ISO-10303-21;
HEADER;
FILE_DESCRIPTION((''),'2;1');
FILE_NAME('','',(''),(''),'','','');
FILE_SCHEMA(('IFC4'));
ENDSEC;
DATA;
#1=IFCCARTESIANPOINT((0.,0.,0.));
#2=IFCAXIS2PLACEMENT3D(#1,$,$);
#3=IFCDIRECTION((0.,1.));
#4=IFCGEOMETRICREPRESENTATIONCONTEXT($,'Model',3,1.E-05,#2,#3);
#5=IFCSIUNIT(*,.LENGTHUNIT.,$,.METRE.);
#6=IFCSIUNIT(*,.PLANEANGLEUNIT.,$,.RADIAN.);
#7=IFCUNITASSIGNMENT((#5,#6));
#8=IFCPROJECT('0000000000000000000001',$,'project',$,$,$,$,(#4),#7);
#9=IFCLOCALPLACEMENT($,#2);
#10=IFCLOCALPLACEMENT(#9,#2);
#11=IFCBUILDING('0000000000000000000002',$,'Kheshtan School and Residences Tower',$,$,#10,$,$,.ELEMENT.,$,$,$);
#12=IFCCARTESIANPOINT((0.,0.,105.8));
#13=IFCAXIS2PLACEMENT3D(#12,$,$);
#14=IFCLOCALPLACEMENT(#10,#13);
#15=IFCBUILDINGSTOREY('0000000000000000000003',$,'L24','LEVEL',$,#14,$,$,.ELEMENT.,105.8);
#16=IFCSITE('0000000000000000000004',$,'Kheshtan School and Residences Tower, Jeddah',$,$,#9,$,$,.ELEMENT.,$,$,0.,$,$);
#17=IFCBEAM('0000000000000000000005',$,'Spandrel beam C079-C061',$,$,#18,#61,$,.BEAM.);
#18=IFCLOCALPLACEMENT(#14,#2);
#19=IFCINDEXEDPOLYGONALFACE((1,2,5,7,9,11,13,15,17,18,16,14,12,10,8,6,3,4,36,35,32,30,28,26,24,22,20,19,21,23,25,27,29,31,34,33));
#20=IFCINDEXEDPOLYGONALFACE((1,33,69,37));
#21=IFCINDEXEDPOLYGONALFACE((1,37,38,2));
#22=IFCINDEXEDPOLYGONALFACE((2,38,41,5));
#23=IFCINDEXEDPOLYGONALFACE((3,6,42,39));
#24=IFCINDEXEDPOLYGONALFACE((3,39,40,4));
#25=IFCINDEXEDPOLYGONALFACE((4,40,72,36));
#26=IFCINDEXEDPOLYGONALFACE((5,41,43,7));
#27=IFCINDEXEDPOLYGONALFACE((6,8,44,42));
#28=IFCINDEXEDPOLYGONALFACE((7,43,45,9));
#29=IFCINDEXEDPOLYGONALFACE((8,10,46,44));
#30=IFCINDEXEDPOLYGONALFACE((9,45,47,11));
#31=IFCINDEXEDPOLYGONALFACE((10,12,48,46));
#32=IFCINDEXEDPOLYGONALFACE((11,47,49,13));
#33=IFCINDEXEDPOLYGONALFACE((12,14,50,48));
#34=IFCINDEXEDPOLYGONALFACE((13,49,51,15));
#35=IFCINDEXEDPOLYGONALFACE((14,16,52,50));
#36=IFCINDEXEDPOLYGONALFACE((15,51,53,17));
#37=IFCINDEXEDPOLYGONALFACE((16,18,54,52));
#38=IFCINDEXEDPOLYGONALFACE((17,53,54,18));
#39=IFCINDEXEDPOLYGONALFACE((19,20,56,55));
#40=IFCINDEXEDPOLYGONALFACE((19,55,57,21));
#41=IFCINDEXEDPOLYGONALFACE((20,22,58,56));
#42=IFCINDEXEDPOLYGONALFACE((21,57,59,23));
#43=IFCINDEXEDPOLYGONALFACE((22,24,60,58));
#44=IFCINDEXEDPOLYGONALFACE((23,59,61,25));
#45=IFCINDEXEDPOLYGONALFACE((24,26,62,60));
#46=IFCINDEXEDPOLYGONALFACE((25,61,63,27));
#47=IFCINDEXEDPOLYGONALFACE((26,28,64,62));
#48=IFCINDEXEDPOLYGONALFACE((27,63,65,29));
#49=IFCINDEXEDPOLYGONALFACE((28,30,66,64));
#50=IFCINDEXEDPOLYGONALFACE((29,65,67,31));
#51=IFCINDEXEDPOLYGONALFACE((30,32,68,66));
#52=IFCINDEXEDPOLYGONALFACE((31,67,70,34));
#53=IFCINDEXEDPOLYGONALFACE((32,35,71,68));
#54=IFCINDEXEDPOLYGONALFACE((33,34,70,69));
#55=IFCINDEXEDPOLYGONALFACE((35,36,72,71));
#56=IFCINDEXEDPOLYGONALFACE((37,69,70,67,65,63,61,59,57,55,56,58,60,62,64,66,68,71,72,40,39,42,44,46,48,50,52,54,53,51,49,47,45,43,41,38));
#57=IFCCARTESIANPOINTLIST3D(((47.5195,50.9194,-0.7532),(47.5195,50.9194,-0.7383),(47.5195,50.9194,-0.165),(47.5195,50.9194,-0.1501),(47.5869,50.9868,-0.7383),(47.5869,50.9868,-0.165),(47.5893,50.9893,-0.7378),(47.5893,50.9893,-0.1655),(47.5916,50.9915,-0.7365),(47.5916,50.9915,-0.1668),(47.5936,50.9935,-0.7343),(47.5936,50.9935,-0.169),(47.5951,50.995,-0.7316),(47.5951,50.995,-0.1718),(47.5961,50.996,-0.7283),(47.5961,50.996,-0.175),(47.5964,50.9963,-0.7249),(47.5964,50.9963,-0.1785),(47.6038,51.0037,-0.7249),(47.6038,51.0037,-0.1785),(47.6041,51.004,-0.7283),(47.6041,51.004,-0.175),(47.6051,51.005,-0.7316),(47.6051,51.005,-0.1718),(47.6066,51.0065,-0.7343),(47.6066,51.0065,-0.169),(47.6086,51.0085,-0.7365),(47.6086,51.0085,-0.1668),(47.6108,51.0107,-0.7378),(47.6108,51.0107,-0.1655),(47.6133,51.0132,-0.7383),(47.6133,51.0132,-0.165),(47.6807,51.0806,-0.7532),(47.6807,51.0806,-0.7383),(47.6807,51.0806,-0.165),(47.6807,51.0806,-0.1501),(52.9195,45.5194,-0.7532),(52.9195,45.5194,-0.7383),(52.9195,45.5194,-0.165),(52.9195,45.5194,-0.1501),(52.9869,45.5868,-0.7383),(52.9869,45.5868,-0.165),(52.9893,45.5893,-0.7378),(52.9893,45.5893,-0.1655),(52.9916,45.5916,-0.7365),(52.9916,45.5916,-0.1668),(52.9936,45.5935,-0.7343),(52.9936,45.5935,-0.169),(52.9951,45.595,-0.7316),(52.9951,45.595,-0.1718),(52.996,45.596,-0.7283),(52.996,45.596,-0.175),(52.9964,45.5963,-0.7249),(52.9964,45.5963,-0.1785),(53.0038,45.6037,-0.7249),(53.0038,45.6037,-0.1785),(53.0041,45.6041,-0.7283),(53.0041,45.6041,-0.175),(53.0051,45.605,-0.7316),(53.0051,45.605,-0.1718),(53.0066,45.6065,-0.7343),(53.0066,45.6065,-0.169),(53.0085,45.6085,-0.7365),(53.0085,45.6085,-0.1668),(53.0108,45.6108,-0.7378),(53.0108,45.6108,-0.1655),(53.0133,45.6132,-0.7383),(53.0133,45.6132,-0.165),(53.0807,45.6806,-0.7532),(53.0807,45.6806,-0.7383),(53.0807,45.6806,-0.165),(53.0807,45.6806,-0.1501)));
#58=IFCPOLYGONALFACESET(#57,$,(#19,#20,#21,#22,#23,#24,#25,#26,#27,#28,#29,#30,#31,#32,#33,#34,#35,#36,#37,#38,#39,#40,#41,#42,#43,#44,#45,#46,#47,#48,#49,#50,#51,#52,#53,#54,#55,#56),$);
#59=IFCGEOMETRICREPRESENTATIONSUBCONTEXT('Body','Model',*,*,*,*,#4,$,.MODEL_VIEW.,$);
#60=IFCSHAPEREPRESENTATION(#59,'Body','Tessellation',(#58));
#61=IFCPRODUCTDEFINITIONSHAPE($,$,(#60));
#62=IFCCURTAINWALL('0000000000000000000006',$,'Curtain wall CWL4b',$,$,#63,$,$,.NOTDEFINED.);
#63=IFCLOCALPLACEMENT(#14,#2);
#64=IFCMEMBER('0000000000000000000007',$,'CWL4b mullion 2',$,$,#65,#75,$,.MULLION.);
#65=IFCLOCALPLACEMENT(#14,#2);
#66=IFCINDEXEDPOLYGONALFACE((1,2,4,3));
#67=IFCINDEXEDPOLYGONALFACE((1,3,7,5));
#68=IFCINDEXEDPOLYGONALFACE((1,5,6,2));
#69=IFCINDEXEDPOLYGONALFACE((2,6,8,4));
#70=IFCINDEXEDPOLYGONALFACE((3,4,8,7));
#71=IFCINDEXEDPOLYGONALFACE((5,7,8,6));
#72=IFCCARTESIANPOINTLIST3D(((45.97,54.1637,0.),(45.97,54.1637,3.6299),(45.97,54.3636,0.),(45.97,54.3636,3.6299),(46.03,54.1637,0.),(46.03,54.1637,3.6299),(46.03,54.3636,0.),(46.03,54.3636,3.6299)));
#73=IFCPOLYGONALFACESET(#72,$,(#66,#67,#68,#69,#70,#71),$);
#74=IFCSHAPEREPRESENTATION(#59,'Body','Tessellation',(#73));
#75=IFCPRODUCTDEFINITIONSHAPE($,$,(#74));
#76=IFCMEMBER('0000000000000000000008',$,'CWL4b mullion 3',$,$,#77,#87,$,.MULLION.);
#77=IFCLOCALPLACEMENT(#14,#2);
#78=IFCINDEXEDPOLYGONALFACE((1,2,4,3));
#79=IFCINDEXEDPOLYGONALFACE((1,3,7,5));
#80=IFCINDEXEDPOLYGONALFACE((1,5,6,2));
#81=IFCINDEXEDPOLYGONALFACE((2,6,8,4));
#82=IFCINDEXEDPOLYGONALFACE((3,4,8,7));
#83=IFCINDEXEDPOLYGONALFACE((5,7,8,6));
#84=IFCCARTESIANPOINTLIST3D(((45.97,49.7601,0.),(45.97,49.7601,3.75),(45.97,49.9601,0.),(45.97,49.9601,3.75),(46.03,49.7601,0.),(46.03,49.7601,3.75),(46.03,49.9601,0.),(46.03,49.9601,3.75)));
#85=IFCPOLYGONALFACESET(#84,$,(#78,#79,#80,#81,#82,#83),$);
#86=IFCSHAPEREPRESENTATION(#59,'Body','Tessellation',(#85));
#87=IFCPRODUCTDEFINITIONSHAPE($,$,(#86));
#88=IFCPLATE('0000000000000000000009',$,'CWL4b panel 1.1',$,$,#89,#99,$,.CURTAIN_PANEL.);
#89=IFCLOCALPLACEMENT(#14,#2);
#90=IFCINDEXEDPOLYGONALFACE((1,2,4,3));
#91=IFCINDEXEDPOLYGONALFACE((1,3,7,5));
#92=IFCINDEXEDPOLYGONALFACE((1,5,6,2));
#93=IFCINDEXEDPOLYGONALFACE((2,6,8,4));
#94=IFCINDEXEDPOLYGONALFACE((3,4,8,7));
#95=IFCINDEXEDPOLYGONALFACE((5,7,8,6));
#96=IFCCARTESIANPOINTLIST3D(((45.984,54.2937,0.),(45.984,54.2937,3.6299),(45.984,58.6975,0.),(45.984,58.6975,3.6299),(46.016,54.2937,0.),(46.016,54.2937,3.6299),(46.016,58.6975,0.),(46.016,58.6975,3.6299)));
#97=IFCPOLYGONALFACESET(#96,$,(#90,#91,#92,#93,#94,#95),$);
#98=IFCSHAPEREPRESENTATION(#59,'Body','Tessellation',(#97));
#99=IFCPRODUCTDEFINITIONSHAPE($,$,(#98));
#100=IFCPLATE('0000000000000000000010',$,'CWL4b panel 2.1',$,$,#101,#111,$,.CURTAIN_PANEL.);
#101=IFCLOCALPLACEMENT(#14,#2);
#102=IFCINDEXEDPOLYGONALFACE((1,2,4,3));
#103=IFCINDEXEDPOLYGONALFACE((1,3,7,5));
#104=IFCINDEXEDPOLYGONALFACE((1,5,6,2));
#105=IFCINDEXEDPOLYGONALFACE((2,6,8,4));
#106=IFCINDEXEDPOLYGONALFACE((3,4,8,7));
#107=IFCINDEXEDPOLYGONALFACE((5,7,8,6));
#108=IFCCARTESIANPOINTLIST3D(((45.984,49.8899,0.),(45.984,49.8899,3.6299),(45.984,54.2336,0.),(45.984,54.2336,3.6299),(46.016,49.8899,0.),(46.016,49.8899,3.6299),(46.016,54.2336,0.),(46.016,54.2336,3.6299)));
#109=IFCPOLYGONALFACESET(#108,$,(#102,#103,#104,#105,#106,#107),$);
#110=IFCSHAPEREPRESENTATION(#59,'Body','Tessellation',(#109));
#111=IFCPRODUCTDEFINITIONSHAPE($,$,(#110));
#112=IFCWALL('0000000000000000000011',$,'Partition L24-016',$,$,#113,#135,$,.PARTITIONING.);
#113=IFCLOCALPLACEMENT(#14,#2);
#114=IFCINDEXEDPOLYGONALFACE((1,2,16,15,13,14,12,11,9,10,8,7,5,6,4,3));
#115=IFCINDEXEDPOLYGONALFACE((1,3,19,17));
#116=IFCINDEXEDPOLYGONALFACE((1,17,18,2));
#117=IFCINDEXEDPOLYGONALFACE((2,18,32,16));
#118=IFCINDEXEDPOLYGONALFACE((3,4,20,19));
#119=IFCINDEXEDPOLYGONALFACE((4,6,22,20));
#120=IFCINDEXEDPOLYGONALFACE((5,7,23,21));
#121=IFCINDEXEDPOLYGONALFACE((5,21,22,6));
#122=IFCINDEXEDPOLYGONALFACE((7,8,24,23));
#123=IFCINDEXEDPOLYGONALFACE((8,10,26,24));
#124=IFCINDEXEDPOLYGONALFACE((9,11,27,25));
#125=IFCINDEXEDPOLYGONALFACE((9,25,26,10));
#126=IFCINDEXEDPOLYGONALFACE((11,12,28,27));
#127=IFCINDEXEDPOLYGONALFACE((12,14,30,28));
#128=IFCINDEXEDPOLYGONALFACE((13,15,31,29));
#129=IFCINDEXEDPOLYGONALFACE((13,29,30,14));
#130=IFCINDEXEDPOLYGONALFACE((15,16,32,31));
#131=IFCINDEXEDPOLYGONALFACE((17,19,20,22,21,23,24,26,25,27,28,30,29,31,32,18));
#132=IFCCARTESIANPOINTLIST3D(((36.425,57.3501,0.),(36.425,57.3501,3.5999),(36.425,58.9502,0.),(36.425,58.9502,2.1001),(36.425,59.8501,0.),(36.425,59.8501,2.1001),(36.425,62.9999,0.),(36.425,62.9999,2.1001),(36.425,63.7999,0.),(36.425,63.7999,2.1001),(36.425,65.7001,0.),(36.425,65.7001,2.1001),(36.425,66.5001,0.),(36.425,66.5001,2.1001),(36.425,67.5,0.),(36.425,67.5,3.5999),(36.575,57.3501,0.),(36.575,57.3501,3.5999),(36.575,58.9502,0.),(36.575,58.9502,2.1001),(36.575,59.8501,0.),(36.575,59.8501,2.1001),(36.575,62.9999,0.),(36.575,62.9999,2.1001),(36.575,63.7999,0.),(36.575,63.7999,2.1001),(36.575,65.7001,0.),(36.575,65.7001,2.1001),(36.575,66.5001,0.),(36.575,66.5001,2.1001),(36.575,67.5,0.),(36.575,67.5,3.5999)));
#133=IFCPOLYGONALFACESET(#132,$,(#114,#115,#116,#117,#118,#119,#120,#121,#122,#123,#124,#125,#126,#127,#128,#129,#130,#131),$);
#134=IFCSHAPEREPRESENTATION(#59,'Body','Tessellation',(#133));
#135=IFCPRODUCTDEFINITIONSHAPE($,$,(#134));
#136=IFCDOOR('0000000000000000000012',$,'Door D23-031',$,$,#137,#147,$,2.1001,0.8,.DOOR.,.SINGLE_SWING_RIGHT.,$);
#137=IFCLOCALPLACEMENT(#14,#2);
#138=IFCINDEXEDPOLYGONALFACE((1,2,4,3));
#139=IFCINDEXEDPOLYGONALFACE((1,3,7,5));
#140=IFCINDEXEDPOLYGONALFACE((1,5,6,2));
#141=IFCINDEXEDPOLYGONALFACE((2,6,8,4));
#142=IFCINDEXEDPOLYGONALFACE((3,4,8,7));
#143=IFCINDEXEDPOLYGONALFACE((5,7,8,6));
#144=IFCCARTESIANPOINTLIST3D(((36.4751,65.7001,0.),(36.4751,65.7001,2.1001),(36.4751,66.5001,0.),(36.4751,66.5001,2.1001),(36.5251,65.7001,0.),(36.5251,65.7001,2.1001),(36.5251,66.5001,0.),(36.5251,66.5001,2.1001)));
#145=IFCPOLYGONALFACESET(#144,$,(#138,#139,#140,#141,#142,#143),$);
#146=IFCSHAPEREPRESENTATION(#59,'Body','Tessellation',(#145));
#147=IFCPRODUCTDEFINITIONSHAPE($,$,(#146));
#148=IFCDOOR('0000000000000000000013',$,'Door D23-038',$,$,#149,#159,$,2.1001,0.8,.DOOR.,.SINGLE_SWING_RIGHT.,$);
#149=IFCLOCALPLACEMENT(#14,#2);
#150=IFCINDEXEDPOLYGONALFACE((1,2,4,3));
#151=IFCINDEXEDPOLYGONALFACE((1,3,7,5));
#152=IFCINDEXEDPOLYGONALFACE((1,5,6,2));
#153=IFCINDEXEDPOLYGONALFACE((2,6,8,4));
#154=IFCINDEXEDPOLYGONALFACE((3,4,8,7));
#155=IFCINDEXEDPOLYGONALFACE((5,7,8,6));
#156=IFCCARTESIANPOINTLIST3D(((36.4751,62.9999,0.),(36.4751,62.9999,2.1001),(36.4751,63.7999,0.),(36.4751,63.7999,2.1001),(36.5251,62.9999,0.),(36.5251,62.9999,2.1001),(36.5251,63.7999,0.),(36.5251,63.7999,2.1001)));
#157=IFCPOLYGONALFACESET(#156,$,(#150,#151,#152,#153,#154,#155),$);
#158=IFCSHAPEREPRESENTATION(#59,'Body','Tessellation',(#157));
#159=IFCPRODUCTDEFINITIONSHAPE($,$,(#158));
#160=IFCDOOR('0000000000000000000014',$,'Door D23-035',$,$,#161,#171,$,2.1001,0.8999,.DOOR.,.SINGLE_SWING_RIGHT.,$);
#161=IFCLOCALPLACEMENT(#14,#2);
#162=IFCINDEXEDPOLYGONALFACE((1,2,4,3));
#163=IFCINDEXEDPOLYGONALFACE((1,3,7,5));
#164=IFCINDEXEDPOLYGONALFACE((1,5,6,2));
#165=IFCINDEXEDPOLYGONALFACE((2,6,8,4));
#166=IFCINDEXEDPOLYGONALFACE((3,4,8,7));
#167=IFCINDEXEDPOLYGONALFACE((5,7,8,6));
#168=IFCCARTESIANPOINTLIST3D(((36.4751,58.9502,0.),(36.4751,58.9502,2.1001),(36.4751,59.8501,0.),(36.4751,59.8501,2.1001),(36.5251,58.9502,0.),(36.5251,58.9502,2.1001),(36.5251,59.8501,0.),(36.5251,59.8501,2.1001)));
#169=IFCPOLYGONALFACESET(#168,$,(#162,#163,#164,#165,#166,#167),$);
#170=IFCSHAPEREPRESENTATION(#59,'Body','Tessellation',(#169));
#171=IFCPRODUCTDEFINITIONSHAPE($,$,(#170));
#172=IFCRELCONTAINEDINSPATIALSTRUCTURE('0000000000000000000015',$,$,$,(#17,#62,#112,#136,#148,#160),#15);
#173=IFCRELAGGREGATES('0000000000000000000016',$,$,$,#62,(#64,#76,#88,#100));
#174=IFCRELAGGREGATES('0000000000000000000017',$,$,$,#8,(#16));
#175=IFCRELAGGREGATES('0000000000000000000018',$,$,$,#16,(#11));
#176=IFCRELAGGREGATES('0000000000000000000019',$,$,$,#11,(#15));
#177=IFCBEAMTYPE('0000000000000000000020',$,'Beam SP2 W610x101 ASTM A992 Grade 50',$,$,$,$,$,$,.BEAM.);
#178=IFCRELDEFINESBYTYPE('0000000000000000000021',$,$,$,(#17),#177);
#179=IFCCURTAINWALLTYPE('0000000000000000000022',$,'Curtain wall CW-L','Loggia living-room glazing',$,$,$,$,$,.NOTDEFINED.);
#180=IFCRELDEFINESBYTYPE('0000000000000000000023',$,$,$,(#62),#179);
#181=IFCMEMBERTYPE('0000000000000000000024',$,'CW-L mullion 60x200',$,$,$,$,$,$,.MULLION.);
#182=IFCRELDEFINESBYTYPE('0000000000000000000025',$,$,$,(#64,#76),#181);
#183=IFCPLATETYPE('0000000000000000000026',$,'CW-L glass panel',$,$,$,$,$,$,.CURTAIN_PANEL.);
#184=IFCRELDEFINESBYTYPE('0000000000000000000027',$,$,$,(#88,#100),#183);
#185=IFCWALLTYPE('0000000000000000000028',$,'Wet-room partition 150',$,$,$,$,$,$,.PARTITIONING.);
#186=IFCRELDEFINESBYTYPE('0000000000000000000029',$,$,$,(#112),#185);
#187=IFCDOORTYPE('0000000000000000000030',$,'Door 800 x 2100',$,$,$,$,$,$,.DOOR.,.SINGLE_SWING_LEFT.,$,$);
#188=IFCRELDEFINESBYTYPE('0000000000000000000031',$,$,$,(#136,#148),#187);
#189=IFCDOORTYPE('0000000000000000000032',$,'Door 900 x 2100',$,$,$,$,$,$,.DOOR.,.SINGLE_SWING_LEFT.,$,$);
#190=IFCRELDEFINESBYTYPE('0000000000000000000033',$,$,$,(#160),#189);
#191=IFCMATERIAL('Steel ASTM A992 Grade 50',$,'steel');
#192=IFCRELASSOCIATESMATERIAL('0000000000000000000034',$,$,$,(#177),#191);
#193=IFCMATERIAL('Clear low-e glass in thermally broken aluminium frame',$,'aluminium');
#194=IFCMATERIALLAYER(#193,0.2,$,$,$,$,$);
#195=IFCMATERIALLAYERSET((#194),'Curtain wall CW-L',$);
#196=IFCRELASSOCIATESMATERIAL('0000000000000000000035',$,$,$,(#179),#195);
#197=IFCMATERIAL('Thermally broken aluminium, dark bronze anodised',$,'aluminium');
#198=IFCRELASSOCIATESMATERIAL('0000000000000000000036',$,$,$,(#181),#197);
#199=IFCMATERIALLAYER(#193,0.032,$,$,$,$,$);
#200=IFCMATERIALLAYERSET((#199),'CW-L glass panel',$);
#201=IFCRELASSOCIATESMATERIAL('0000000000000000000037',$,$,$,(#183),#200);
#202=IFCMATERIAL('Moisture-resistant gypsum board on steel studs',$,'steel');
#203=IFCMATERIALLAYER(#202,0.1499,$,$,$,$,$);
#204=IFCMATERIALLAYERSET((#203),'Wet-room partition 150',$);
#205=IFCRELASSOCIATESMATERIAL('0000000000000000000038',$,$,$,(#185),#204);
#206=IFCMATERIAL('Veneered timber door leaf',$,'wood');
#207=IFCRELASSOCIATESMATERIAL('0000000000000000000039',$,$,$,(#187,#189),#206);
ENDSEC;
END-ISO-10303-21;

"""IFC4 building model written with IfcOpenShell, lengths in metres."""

from ifc_helpers import new_model, si_unit, direction, frame, frame_2d, origin, origin_2d, place, context, subcontext, project, spatial, rectangle, i_section, extrude, source, transform, mapped, material, layer, layer_set, material_profile, profile_set, type_object, element, fill, aggregate, save


model = new_model("IFC4")

# Units and contexts
model_context = context("Model", 3, precision=1e-05, world=origin(), true_north=direction((0.0, 1.0)))
body_context = subcontext(model_context, "Body", "Model", "MODEL_VIEW")
ifc_project = project(units=[si_unit("LENGTHUNIT", "METRE"), si_unit("PLANEANGLEUNIT", "RADIAN")], contexts=[model_context])

# Site, building, storey
site_placement = place(None, origin())
site = spatial("IfcSite", under=ifc_project, at=site_placement, Name="Kheshtan School and Residences Tower, Jeddah", CompositionType="ELEMENT", RefElevation=0.0)
building_placement = place(site_placement, origin())
building = spatial("IfcBuilding", under=site, at=building_placement, Name="Kheshtan School and Residences Tower", CompositionType="ELEMENT")
storey_placement = place(building_placement, frame((0.0, 0.0, 105.8)))
storey = spatial("IfcBuildingStorey", under=building, at=storey_placement, Name="L24", Description="LEVEL", CompositionType="ELEMENT", Elevation=105.8)

# Shared definitions
ifc_material_1 = material(Name="Steel ASTM A992 Grade 50", Category="steel")

# Beam
ifc_material_profile_1 = material_profile(ifc_material_1, i_section(OverallWidth=0.228, OverallDepth=0.603, WebThickness=0.0105, FlangeThickness=0.0149, FilletRadius=0.0134, at=origin_2d()), Name="W610x101")
ifc_profile_set_1 = profile_set([ifc_material_profile_1], Name="Steel ASTM A992 Grade 50")
beam_type_1 = type_object("IfcBeamType", Name="Beam SP2 W610x101 ASTM A992 Grade 50", PredefinedType="BEAM", material=ifc_profile_set_1)
beam_1_placement = place(storey_placement, frame((47.6001, 51.0, -0.4517), z_axis=(0.707107, -0.707107, 0.0), x_axis=(0.707107, 0.707107, 0.0)))
element("IfcBeam", 1, at=beam_1_placement, inside=storey, type_object=beam_type_1, Name="Spandrel beam C079-C061", PredefinedType="BEAM", context=body_context, shape_type="SweptSolid", body=[
    extrude(i_section(OverallWidth=0.228, OverallDepth=0.603, WebThickness=0.0105, FlangeThickness=0.0149, FilletRadius=0.0134, at=origin_2d()), origin(), (0.0, 0.0, 1.0), 7.6367),
])

# Curtain wall, members, plates
ifc_material_2 = material(Name="Clear low-e glass in thermally broken aluminium frame", Category="aluminium")
ifc_layer_1 = layer(ifc_material_2, 0.2)
ifc_layer_set_1 = layer_set([ifc_layer_1], Name="Curtain wall CW-L")
curtain_wall_type = type_object("IfcCurtainWallType", Name="Curtain wall CW-L", Description="Loggia living-room glazing", PredefinedType="NOTDEFINED", material=ifc_layer_set_1)
curtain_wall_placement = place(storey_placement, origin())
curtain_wall = element("IfcCurtainWall", 2, at=curtain_wall_placement, inside=storey, type_object=curtain_wall_type, Name="Curtain wall CWL4b", PredefinedType="NOTDEFINED")
ifc_material_3 = material(Name="Thermally broken aluminium, dark bronze anodised", Category="aluminium")
ifc_material_profile_2 = material_profile(ifc_material_3, rectangle(XDim=0.0601, YDim=0.2, at=origin_2d()), Name="CW-L mullion 60x200")
ifc_profile_set_2 = profile_set([ifc_material_profile_2], Name="Thermally broken aluminium, dark bronze anodised")
member_type = type_object("IfcMemberType", Name="CW-L mullion 60x200", PredefinedType="MULLION", material=ifc_profile_set_2)
member_1_placement = place(storey_placement, frame((46.0, 54.2637, 0.0), z_axis=(0.0, 0.0, 1.0), x_axis=(1.0, 0.0, 0.0)))
member_1 = element("IfcMember", 3, at=member_1_placement, type_object=member_type, Name="CWL4b mullion 2", PredefinedType="MULLION", context=body_context, shape_type="SweptSolid", body=[
    extrude(rectangle(XDim=0.0601, YDim=0.2, at=origin_2d()), origin(), (0.0, 0.0, 1.0), 3.6299),
])
member_2_placement = place(storey_placement, frame((46.0, 49.8601, 0.0), z_axis=(0.0, 0.0, 1.0), x_axis=(1.0, 0.0, 0.0)))
member_2 = element("IfcMember", 4, at=member_2_placement, type_object=member_type, Name="CWL4b mullion 3", PredefinedType="MULLION", context=body_context, shape_type="SweptSolid", body=[
    extrude(rectangle(XDim=0.0601, YDim=0.2, at=origin_2d()), origin(), (0.0, 0.0, 1.0), 3.75),
])
ifc_layer_2 = layer(ifc_material_2, 0.032)
ifc_layer_set_2 = layer_set([ifc_layer_2], Name="CW-L glass panel")
plate_type = type_object("IfcPlateType", Name="CW-L glass panel", PredefinedType="CURTAIN_PANEL", material=ifc_layer_set_2)
plate_1_placement = place(storey_placement, frame((46.0, 56.4956, 0.0), z_axis=(0.0, 0.0, 1.0), x_axis=(0.0, -1.0, 0.0)))
plate_1 = element("IfcPlate", 5, at=plate_1_placement, type_object=plate_type, Name="CWL4b panel 1.1", PredefinedType="CURTAIN_PANEL", context=body_context, shape_type="SweptSolid", body=[
    extrude(rectangle(XDim=4.4038, YDim=0.032, at=origin_2d()), origin(), (0.0, 0.0, 1.0), 3.6299),
])
plate_2_placement = place(storey_placement, frame((46.0, 52.0618, 0.0), z_axis=(0.0, 0.0, 1.0), x_axis=(0.0, -1.0, 0.0)))
plate_2 = element("IfcPlate", 6, at=plate_2_placement, type_object=plate_type, Name="CWL4b panel 2.1", PredefinedType="CURTAIN_PANEL", context=body_context, shape_type="SweptSolid", body=[
    extrude(rectangle(XDim=4.3438, YDim=0.032, at=origin_2d()), origin(), (0.0, 0.0, 1.0), 3.6299),
])
aggregate(curtain_wall, [member_1, member_2, plate_1, plate_2])

# Wall, openings, doors
ifc_material_4 = material(Name="Moisture-resistant gypsum board on steel studs", Category="steel")
ifc_layer_3 = layer(ifc_material_4, 0.1499)
ifc_layer_set_3 = layer_set([ifc_layer_3], Name="Wet-room partition 150")
wall_type_1 = type_object("IfcWallType", Name="Wet-room partition 150", PredefinedType="PARTITIONING", material=ifc_layer_set_3)
wall_1_placement = place(storey_placement, frame((36.5, 57.3501, 0.0), z_axis=(0.0, 0.0, 1.0), x_axis=(0.0, 1.0, 0.0)))
wall_1 = element("IfcWall", 7, at=wall_1_placement, inside=storey, type_object=wall_type_1, Name="Partition L24-016", PredefinedType="PARTITIONING", context=body_context, shape_type="SweptSolid", body=[
    extrude(rectangle(XDim=10.1499, YDim=0.1499, at=frame_2d((5.075, 0.0))), origin(), (0.0, 0.0, 1.0), 3.5999),
])
opening_1_placement = place(wall_1_placement, frame((8.3501, 0.0, 0.0)))
opening_1 = element("IfcOpeningElement", 8, at=opening_1_placement, cuts=wall_1, PredefinedType="OPENING", context=body_context, shape_type="SweptSolid", body=[
    extrude(rectangle(XDim=0.8, YDim=2.1001, at=frame_2d((0.3999, 1.05))), frame((0.0, 0.085, 0.0), z_axis=(0.0, -1.0, 0.0), x_axis=(1.0, 0.0, 0.0)), (0.0, 0.0, 1.0), 0.1699),
])
opening_2_placement = place(wall_1_placement, frame((1.6001, 0.0, 0.0)))
opening_2 = element("IfcOpeningElement", 9, at=opening_2_placement, cuts=wall_1, PredefinedType="OPENING", context=body_context, shape_type="SweptSolid", body=[
    extrude(rectangle(XDim=0.8999, YDim=2.1001, at=frame_2d((0.45, 1.05))), frame((0.0, 0.085, 0.0), z_axis=(0.0, -1.0, 0.0), x_axis=(1.0, 0.0, 0.0)), (0.0, 0.0, 1.0), 0.1699),
])
opening_3_placement = place(wall_1_placement, frame((5.6499, 0.0, 0.0)))
opening_3 = element("IfcOpeningElement", 10, at=opening_3_placement, cuts=wall_1, PredefinedType="OPENING", context=body_context, shape_type="SweptSolid", body=[
    extrude(rectangle(XDim=0.8, YDim=2.1001, at=frame_2d((0.3999, 1.05))), frame((0.0, 0.085, 0.0), z_axis=(0.0, -1.0, 0.0), x_axis=(1.0, 0.0, 0.0)), (0.0, 0.0, 1.0), 0.1699),
])
ifc_material_5 = material(Name="Veneered timber door leaf", Category="wood")
door_type_1 = type_object("IfcDoorType", Name="Door 800 x 2100", OperationType="SINGLE_SWING_LEFT", PredefinedType="DOOR", material=ifc_material_5)
shared_shape_1 = source(origin(), body_context, "Body", "SweptSolid", [
    extrude(rectangle(XDim=0.8, YDim=2.1001, at=frame_2d((0.3999, 1.05))), frame((0.0, 0.0249, 0.0), z_axis=(0.0, -1.0, 0.0), x_axis=(1.0, 0.0, 0.0)), (0.0, 0.0, 1.0), 0.05),
])
door_1_placement = place(opening_1_placement, origin())
door_1 = element("IfcDoor", 11, at=door_1_placement, inside=storey, type_object=door_type_1, Name="Door D23-031", OperationType="SINGLE_SWING_RIGHT", OverallHeight=2.1001, OverallWidth=0.8, PredefinedType="DOOR", context=body_context, shape_type="MappedRepresentation", body=[
    mapped(shared_shape_1, transform((0.0, 0.0, 0.0), x_axis=(1.0, 0.0, 0.0), y_axis=(0.0, 1.0, 0.0), z_axis=(0.0, 0.0, 1.0), scale=1.0)),
])
fill(opening_1, door_1)
door_2_placement = place(opening_3_placement, origin())
door_2 = element("IfcDoor", 12, at=door_2_placement, inside=storey, type_object=door_type_1, Name="Door D23-038", OperationType="SINGLE_SWING_RIGHT", OverallHeight=2.1001, OverallWidth=0.8, PredefinedType="DOOR", context=body_context, shape_type="MappedRepresentation", body=[
    mapped(shared_shape_1, transform((0.0, 0.0, 0.0), x_axis=(1.0, 0.0, 0.0), y_axis=(0.0, 1.0, 0.0), z_axis=(0.0, 0.0, 1.0), scale=1.0)),
])
fill(opening_3, door_2)
door_type_2 = type_object("IfcDoorType", Name="Door 900 x 2100", OperationType="SINGLE_SWING_LEFT", PredefinedType="DOOR", material=ifc_material_5)
shared_shape_2 = source(origin(), body_context, "Body", "SweptSolid", [
    extrude(rectangle(XDim=0.8999, YDim=2.1001, at=frame_2d((0.45, 1.05))), frame((0.0, 0.0249, 0.0), z_axis=(0.0, -1.0, 0.0), x_axis=(1.0, 0.0, 0.0)), (0.0, 0.0, 1.0), 0.05),
])
door_3_placement = place(opening_2_placement, origin())
door_3 = element("IfcDoor", 13, at=door_3_placement, inside=storey, type_object=door_type_2, Name="Door D23-035", OperationType="SINGLE_SWING_RIGHT", OverallHeight=2.1001, OverallWidth=0.8999, PredefinedType="DOOR", context=body_context, shape_type="MappedRepresentation", body=[
    mapped(shared_shape_2, transform((0.0, 0.0, 0.0), x_axis=(1.0, 0.0, 0.0), y_axis=(0.0, 1.0, 0.0), z_axis=(0.0, 0.0, 1.0), scale=1.0)),
])
fill(opening_2, door_3)

save(model, "model.ifc")
